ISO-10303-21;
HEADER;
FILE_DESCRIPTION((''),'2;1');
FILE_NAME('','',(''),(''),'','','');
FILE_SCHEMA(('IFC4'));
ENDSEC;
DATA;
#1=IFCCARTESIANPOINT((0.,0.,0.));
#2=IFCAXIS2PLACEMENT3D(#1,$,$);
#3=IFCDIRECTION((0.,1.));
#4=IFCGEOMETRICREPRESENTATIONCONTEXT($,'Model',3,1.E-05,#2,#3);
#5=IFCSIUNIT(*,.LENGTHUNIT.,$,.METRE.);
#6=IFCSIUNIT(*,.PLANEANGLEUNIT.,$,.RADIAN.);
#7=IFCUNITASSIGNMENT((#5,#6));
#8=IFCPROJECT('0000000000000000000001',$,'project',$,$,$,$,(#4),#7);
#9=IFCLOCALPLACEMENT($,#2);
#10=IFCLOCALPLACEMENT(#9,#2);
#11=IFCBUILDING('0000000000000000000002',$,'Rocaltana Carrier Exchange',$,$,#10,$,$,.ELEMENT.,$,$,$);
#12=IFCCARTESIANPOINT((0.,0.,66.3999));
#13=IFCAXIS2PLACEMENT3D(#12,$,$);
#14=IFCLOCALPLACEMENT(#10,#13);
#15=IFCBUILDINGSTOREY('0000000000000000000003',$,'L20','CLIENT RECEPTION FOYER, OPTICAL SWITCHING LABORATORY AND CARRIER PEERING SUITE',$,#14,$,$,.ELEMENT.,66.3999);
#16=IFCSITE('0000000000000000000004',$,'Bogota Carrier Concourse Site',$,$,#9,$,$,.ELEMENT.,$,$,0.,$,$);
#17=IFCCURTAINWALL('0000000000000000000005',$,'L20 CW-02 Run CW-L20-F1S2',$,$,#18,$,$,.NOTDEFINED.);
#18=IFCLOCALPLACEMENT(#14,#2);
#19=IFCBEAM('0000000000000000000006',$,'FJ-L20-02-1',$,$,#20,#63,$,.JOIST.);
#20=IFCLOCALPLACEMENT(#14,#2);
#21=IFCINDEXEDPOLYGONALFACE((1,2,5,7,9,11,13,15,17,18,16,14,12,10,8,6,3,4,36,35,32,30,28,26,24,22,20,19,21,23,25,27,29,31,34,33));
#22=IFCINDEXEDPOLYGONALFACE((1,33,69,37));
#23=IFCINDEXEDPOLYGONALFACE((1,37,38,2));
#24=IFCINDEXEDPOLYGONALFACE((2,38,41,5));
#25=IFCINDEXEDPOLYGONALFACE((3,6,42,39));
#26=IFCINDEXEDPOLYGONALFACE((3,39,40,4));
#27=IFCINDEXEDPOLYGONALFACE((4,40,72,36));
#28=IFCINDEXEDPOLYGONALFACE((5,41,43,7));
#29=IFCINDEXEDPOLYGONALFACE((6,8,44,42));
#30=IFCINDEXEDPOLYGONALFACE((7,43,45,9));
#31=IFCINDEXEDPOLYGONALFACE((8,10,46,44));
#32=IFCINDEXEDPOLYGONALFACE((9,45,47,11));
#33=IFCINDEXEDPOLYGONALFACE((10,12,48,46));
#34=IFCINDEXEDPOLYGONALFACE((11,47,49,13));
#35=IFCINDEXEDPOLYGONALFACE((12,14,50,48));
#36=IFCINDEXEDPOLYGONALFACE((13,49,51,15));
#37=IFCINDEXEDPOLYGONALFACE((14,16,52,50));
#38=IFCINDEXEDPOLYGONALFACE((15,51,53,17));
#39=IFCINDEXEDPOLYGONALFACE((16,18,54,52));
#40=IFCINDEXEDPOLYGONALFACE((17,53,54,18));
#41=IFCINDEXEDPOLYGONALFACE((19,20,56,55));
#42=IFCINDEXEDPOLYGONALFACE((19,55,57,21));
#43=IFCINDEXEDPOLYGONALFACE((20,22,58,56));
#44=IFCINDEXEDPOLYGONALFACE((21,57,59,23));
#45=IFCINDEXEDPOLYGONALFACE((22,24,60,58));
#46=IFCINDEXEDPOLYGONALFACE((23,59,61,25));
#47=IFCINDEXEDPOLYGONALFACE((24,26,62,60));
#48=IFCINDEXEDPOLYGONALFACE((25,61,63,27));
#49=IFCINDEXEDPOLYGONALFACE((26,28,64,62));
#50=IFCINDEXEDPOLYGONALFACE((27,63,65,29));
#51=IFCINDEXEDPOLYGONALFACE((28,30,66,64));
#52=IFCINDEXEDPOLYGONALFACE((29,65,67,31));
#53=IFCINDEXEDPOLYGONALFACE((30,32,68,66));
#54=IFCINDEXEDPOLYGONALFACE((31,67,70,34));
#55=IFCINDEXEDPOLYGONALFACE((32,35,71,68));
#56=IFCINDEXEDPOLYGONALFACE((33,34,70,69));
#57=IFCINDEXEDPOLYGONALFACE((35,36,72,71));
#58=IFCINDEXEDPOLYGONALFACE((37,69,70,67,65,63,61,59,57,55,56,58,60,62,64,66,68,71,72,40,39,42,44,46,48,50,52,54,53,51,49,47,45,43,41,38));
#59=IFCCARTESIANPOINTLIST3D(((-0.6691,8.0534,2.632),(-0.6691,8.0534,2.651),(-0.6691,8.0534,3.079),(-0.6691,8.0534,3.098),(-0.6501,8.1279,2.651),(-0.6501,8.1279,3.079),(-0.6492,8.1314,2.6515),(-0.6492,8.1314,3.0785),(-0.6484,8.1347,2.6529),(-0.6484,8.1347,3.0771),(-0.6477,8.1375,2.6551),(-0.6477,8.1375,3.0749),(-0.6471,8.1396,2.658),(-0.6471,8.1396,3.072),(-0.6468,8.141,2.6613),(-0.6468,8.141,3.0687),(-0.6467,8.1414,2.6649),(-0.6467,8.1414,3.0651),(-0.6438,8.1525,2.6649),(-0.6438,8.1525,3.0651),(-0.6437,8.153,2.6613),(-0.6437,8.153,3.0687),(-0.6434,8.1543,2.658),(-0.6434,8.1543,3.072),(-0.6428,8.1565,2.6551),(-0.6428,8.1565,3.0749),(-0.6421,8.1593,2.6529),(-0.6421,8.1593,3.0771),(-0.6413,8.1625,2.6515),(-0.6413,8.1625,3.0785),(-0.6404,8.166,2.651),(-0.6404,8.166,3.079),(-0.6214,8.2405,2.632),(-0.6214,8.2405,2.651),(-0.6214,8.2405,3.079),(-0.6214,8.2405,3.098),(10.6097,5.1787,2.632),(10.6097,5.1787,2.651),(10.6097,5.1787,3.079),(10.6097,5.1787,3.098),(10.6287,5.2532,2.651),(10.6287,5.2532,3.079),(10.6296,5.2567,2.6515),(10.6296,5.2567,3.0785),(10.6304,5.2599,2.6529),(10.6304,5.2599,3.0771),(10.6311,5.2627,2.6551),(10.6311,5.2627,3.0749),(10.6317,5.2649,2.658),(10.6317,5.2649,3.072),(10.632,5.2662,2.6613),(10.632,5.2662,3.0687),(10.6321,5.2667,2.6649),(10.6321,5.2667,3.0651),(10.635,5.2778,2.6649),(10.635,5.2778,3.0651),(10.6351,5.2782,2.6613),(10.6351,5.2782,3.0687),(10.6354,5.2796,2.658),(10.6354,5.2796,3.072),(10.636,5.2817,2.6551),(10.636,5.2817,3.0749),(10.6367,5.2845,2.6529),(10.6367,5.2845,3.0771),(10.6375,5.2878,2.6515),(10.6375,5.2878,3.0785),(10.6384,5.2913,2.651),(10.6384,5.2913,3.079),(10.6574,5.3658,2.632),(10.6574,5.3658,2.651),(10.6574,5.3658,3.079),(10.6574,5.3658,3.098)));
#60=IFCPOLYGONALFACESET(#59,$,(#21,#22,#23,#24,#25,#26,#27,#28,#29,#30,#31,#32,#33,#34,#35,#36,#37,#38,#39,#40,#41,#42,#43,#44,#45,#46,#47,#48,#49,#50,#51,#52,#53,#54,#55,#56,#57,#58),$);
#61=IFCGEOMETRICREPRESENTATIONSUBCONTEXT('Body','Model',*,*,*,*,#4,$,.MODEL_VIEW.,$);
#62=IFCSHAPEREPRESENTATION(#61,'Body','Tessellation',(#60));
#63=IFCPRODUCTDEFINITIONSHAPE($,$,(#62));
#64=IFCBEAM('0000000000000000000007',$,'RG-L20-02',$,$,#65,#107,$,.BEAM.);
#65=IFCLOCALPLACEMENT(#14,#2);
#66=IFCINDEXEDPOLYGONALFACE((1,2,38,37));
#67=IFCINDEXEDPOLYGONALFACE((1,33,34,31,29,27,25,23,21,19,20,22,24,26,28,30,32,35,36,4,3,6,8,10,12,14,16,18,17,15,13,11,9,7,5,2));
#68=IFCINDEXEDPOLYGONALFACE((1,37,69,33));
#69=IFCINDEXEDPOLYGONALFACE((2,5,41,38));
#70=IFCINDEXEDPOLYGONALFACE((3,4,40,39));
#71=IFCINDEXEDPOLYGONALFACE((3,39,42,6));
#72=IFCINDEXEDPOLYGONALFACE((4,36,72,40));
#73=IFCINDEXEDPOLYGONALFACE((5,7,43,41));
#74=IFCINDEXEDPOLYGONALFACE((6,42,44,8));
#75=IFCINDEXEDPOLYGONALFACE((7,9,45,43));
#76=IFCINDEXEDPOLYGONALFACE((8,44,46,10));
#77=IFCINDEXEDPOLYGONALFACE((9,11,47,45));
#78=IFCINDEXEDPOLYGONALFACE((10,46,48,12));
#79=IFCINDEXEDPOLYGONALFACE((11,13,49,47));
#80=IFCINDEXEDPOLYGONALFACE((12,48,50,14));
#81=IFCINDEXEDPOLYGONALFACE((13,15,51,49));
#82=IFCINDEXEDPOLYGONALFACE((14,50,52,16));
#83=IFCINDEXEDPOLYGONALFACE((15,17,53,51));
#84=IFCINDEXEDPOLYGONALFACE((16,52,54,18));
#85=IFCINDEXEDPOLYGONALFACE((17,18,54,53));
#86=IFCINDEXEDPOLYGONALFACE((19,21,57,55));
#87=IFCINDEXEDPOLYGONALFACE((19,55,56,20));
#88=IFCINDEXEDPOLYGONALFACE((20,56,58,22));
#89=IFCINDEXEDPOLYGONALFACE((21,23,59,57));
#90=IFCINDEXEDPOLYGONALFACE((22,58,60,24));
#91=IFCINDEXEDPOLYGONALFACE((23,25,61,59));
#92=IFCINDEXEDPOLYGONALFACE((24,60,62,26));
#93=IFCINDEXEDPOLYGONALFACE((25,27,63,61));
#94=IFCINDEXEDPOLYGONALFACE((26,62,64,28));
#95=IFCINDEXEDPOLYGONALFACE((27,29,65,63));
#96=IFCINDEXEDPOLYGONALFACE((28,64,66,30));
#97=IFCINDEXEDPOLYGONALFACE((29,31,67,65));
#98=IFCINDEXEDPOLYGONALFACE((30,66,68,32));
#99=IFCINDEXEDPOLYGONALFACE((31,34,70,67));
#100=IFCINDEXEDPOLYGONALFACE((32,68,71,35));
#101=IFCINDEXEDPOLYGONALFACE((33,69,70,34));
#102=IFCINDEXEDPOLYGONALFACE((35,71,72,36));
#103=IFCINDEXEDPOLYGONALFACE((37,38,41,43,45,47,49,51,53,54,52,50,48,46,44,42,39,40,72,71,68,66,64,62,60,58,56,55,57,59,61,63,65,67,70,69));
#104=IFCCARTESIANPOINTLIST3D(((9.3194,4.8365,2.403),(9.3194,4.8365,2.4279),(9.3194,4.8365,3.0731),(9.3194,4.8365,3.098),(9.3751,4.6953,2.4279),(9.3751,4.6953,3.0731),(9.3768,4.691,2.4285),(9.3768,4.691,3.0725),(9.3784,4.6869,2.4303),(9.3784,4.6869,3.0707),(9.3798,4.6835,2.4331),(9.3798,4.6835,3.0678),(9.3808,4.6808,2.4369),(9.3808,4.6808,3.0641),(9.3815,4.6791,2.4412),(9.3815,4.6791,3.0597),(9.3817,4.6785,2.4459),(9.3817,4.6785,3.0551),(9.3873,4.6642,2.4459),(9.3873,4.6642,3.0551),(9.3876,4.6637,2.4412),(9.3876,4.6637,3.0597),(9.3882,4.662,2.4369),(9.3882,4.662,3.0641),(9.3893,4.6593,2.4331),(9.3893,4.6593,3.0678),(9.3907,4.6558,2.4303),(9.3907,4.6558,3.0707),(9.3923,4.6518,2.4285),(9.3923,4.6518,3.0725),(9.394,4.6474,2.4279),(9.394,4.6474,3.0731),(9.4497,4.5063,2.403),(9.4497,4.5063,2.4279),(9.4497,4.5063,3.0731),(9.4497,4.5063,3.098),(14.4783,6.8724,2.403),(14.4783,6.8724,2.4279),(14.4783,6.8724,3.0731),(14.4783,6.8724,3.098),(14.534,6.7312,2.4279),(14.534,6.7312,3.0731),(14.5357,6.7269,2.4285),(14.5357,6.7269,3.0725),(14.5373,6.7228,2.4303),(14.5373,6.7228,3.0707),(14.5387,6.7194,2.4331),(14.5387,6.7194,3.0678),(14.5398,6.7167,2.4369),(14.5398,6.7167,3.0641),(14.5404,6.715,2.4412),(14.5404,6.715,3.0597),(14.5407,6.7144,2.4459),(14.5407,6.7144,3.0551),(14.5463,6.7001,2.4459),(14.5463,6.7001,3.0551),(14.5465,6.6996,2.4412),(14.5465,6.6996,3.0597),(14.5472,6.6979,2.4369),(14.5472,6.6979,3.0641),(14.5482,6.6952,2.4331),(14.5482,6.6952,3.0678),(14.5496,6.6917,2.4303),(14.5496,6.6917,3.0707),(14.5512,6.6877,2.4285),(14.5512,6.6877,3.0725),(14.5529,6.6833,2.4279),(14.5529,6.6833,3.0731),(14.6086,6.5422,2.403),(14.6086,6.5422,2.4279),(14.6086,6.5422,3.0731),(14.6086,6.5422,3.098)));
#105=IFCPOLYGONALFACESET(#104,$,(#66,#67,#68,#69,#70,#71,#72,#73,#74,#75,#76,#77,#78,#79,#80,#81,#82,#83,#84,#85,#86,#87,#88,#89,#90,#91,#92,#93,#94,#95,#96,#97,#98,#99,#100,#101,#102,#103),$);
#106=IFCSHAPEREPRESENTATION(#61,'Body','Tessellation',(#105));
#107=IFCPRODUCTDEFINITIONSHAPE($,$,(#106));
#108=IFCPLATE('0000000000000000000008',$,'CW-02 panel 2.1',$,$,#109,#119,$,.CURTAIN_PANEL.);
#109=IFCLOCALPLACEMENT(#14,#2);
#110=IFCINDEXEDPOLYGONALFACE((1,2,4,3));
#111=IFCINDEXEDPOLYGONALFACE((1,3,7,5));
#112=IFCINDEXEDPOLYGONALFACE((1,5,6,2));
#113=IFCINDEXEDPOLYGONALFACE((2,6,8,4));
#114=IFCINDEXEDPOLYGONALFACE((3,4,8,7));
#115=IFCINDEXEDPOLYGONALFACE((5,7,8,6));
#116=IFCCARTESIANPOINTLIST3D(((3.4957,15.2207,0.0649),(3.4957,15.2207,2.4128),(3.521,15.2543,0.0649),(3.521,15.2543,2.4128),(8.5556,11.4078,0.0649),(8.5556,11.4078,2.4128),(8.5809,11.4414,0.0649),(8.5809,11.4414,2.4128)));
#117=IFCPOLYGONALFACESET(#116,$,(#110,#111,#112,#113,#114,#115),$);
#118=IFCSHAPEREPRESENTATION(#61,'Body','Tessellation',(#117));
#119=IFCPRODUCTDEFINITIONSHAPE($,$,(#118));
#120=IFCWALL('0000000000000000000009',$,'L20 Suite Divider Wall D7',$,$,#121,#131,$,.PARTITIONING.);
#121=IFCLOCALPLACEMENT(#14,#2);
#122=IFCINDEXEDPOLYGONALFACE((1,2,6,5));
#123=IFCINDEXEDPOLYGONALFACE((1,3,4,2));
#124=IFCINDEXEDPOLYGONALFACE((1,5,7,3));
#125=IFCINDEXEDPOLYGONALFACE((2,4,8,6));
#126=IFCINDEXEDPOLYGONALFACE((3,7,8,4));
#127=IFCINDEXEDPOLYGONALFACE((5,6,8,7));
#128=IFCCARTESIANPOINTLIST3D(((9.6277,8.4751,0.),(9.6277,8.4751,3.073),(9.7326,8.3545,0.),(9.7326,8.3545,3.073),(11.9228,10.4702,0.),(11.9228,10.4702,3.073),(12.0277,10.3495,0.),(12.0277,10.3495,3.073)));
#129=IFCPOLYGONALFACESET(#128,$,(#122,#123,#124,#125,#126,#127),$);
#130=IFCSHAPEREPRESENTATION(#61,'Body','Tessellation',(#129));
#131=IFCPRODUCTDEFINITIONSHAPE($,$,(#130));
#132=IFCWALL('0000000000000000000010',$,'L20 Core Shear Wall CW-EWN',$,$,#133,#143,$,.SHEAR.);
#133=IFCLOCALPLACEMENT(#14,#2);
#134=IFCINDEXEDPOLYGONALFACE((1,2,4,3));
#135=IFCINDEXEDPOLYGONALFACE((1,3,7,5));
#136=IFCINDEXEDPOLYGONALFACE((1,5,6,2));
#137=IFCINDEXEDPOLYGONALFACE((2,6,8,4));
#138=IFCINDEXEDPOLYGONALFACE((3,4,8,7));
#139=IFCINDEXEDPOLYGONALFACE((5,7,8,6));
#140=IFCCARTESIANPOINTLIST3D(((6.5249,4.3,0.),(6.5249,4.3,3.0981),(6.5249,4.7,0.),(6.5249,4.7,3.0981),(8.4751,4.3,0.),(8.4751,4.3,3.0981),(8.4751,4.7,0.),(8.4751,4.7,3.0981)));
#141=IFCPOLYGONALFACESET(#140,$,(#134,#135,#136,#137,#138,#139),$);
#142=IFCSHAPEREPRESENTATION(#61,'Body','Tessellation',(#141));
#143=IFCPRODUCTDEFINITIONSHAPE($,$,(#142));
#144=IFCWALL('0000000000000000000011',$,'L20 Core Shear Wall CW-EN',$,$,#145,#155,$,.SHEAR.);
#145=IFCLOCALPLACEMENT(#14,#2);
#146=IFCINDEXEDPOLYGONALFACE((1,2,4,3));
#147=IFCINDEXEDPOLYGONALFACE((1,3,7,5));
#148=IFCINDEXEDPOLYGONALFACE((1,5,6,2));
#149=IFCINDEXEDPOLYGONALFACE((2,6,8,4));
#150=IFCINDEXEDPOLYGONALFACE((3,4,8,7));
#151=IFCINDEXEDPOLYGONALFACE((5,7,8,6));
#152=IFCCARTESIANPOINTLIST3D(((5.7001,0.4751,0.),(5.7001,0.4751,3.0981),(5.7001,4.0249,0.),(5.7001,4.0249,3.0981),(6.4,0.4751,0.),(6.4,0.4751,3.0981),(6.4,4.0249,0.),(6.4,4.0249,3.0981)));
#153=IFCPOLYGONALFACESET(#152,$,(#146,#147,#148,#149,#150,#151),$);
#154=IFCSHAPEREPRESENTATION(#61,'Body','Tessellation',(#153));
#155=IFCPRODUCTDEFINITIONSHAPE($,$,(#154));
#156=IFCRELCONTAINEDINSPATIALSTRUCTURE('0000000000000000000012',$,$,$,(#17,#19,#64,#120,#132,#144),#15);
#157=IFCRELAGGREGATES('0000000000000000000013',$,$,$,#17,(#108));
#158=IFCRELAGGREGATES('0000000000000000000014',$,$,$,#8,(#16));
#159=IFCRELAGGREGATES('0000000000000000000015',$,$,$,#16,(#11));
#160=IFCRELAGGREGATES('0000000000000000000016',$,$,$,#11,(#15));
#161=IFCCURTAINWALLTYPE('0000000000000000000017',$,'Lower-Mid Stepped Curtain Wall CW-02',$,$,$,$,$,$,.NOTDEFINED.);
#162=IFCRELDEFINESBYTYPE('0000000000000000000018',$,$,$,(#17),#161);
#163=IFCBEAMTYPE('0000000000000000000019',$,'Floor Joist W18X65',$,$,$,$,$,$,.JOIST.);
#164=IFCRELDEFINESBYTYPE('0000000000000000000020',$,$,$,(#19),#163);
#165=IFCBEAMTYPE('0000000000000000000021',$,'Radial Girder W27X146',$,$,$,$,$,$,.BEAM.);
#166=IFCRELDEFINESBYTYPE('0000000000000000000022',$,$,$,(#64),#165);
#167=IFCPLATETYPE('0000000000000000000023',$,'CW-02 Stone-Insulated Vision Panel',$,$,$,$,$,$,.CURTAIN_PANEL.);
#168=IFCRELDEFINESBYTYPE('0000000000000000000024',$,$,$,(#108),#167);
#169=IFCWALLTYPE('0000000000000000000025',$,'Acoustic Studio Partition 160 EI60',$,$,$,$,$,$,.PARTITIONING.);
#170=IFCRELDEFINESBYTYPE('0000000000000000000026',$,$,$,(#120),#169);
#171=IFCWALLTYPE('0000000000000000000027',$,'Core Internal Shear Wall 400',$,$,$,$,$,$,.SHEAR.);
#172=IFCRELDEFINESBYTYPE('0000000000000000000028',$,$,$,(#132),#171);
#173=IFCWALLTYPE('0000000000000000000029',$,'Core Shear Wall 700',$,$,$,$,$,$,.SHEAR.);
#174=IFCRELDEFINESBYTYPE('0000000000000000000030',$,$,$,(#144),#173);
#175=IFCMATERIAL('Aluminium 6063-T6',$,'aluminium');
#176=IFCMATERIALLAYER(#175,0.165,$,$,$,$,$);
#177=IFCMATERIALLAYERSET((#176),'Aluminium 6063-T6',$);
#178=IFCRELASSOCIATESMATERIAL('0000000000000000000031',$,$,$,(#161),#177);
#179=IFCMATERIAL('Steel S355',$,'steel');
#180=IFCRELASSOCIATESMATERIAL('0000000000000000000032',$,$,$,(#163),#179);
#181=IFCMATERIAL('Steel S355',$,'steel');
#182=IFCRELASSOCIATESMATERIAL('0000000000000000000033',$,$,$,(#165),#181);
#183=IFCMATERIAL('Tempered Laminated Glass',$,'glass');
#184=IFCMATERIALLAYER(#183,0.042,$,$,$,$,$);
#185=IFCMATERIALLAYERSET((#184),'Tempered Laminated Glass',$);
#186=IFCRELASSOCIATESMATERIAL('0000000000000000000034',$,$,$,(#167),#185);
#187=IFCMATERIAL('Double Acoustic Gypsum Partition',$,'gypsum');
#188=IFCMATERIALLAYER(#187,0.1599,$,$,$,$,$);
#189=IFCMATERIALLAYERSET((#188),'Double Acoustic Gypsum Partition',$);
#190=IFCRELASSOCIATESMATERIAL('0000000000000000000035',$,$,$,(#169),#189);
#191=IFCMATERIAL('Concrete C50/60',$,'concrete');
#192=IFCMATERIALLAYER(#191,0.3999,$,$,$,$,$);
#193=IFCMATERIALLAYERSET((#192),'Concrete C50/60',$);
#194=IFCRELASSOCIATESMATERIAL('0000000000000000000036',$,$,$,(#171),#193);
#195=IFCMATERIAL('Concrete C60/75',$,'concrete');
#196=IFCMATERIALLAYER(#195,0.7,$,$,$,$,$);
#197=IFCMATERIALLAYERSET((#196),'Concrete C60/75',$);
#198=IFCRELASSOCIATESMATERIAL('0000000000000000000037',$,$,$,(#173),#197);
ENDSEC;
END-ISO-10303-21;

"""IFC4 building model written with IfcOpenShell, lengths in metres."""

from ifc_helpers import new_model, si_unit, direction, frame, frame_2d, origin, origin_2d, place, context, subcontext, project, spatial, rectangle, i_section, extrude, material, layer, layer_set, material_profile, profile_set, type_object, element, aggregate, save


model = new_model("IFC4")

# Units and contexts
model_context = context("Model", 3, precision=1e-05, world=origin(), true_north=direction((0.0, 1.0)))
body_context = subcontext(model_context, "Body", "Model", "MODEL_VIEW")
ifc_project = project(units=[si_unit("LENGTHUNIT", "METRE"), si_unit("PLANEANGLEUNIT", "RADIAN")], contexts=[model_context])

# Site, building, storey
site_placement = place(None, origin())
site = spatial("IfcSite", under=ifc_project, at=site_placement, Name="Bogota Carrier Concourse Site", CompositionType="ELEMENT", RefElevation=0.0)
building_placement = place(site_placement, origin())
building = spatial("IfcBuilding", under=site, at=building_placement, Name="Rocaltana Carrier Exchange", CompositionType="ELEMENT")
storey_placement = place(building_placement, frame((0.0, 0.0, 66.3999)))
storey = spatial("IfcBuildingStorey", under=building, at=storey_placement, Name="L20", Description="CLIENT RECEPTION FOYER, OPTICAL SWITCHING LABORATORY AND CARRIER PEERING SUITE", CompositionType="ELEMENT", Elevation=66.3999)

# Curtain wall
ifc_material_1 = material(Name="Aluminium 6063-T6", Category="aluminium")
ifc_layer_1 = layer(ifc_material_1, 0.165)
ifc_layer_set_1 = layer_set([ifc_layer_1], Name="Aluminium 6063-T6")
curtain_wall_type = type_object("IfcCurtainWallType", Name="Lower-Mid Stepped Curtain Wall CW-02", PredefinedType="NOTDEFINED", material=ifc_layer_set_1)
curtain_wall_placement = place(storey_placement, origin())
curtain_wall = element("IfcCurtainWall", 1, at=curtain_wall_placement, inside=storey, type_object=curtain_wall_type, Name="L20 CW-02 Run CW-L20-F1S2", PredefinedType="NOTDEFINED")

# Beams
ifc_material_2 = material(Name="Steel S355", Category="steel")
ifc_material_profile_1 = material_profile(ifc_material_2, i_section(OverallWidth=0.1931, OverallDepth=0.4661, WebThickness=0.0115, FlangeThickness=0.019, FilletRadius=0.0139, at=origin_2d()), Name="W18X65")
ifc_profile_set_1 = profile_set([ifc_material_profile_1], Name="Steel S355")
beam_type_1 = type_object("IfcBeamType", Name="Floor Joist W18X65", PredefinedType="JOIST", material=ifc_profile_set_1)
beam_1_placement = place(storey_placement, frame((10.6335, 5.2722, 2.865), z_axis=(-0.969019, 0.246985, 0.0), x_axis=(-0.246985, -0.969019, 0.0)))
element("IfcBeam", 2, at=beam_1_placement, inside=storey, type_object=beam_type_1, Name="FJ-L20-02-1", PredefinedType="JOIST", context=body_context, shape_type="SweptSolid", body=[
    extrude(i_section(OverallWidth=0.1931, OverallDepth=0.4661, WebThickness=0.0115, FlangeThickness=0.019, FilletRadius=0.0139, at=origin_2d()), origin(), (0.0, 0.0, 1.0), 11.6394),
])
ifc_material_3 = material(Name="Steel S355", Category="steel")
ifc_material_profile_2 = material_profile(ifc_material_3, i_section(OverallWidth=0.355, OverallDepth=0.6951, WebThickness=0.0154, FlangeThickness=0.0249, FilletRadius=0.0181, at=origin_2d()), Name="W27X146")
ifc_profile_set_2 = profile_set([ifc_material_profile_2], Name="Steel S355")
beam_type_2 = type_object("IfcBeamType", Name="Radial Girder W27X146", PredefinedType="BEAM", material=ifc_profile_set_2)
beam_2_placement = place(storey_placement, frame((9.3845, 4.6714, 2.7505), z_axis=(0.930188, 0.367083, 0.0), x_axis=(-0.367083, 0.930188, 0.0)))
element("IfcBeam", 3, at=beam_2_placement, inside=storey, type_object=beam_type_2, Name="RG-L20-02", PredefinedType="BEAM", context=body_context, shape_type="SweptSolid", body=[
    extrude(i_section(OverallWidth=0.355, OverallDepth=0.6951, WebThickness=0.0154, FlangeThickness=0.0249, FilletRadius=0.0181, at=origin_2d()), origin(), (0.0, 0.0, 1.0), 5.5461),
])

# Plate
ifc_material_4 = material(Name="Tempered Laminated Glass", Category="glass")
ifc_layer_2 = layer(ifc_material_4, 0.042)
ifc_layer_set_2 = layer_set([ifc_layer_2], Name="Tempered Laminated Glass")
plate_type = type_object("IfcPlateType", Name="CW-02 Stone-Insulated Vision Panel", PredefinedType="CURTAIN_PANEL", material=ifc_layer_set_2)
plate_placement = place(storey_placement, frame((6.0383, 13.3311, 0.0649), z_axis=(0.0, 0.0, 1.0), x_axis=(-0.798635, 0.601815, 0.0)))
plate = element("IfcPlate", 4, at=plate_placement, type_object=plate_type, Name="CW-02 panel 2.1", PredefinedType="CURTAIN_PANEL", context=body_context, shape_type="SweptSolid", body=[
    extrude(rectangle(XDim=6.3357, YDim=0.042, at=origin_2d()), origin(), (0.0, 0.0, 1.0), 2.3479),
])
aggregate(curtain_wall, [plate])

# Walls
ifc_material_5 = material(Name="Double Acoustic Gypsum Partition", Category="gypsum")
ifc_layer_3 = layer(ifc_material_5, 0.1599)
ifc_layer_set_3 = layer_set([ifc_layer_3], Name="Double Acoustic Gypsum Partition")
wall_type_1 = type_object("IfcWallType", Name="Acoustic Studio Partition 160 EI60", PredefinedType="PARTITIONING", material=ifc_layer_set_3)
wall_1_placement = place(storey_placement, frame((9.6802, 8.4148, 0.0), z_axis=(0.0, 0.0, 1.0), x_axis=(0.754716, 0.656052, 0.0)))
element("IfcWall", 5, at=wall_1_placement, inside=storey, type_object=wall_type_1, Name="L20 Suite Divider Wall D7", PredefinedType="PARTITIONING", context=body_context, shape_type="SweptSolid", body=[
    extrude(rectangle(XDim=3.041, YDim=0.1599, at=frame_2d((1.5205, 0.0))), origin(), (0.0, 0.0, 1.0), 3.073),
])
ifc_material_6 = material(Name="Concrete C50/60", Category="concrete")
ifc_layer_4 = layer(ifc_material_6, 0.3999)
ifc_layer_set_4 = layer_set([ifc_layer_4], Name="Concrete C50/60")
wall_type_2 = type_object("IfcWallType", Name="Core Internal Shear Wall 400", PredefinedType="SHEAR", material=ifc_layer_set_4)
wall_2_placement = place(storey_placement, frame((6.5249, 4.5, 0.0), z_axis=(0.0, 0.0, 1.0), x_axis=(1.0, 0.0, 0.0)))
element("IfcWall", 6, at=wall_2_placement, inside=storey, type_object=wall_type_2, Name="L20 Core Shear Wall CW-EWN", PredefinedType="SHEAR", context=body_context, shape_type="SweptSolid", body=[
    extrude(rectangle(XDim=1.9502, YDim=0.3999, at=frame_2d((0.9751, 0.0))), origin(), (0.0, 0.0, 1.0), 3.0981),
])
ifc_material_7 = material(Name="Concrete C60/75", Category="concrete")
ifc_layer_5 = layer(ifc_material_7, 0.7)
ifc_layer_set_5 = layer_set([ifc_layer_5], Name="Concrete C60/75")
wall_type_3 = type_object("IfcWallType", Name="Core Shear Wall 700", PredefinedType="SHEAR", material=ifc_layer_set_5)
wall_3_placement = place(storey_placement, frame((6.05, 0.4751, 0.0), z_axis=(0.0, 0.0, 1.0), x_axis=(0.0, 1.0, 0.0)))
element("IfcWall", 7, at=wall_3_placement, inside=storey, type_object=wall_type_3, Name="L20 Core Shear Wall CW-EN", PredefinedType="SHEAR", context=body_context, shape_type="SweptSolid", body=[
    extrude(rectangle(XDim=3.5498, YDim=0.7, at=frame_2d((1.7749, 0.0))), origin(), (0.0, 0.0, 1.0), 3.0981),
])

save(model, "model.ifc")
